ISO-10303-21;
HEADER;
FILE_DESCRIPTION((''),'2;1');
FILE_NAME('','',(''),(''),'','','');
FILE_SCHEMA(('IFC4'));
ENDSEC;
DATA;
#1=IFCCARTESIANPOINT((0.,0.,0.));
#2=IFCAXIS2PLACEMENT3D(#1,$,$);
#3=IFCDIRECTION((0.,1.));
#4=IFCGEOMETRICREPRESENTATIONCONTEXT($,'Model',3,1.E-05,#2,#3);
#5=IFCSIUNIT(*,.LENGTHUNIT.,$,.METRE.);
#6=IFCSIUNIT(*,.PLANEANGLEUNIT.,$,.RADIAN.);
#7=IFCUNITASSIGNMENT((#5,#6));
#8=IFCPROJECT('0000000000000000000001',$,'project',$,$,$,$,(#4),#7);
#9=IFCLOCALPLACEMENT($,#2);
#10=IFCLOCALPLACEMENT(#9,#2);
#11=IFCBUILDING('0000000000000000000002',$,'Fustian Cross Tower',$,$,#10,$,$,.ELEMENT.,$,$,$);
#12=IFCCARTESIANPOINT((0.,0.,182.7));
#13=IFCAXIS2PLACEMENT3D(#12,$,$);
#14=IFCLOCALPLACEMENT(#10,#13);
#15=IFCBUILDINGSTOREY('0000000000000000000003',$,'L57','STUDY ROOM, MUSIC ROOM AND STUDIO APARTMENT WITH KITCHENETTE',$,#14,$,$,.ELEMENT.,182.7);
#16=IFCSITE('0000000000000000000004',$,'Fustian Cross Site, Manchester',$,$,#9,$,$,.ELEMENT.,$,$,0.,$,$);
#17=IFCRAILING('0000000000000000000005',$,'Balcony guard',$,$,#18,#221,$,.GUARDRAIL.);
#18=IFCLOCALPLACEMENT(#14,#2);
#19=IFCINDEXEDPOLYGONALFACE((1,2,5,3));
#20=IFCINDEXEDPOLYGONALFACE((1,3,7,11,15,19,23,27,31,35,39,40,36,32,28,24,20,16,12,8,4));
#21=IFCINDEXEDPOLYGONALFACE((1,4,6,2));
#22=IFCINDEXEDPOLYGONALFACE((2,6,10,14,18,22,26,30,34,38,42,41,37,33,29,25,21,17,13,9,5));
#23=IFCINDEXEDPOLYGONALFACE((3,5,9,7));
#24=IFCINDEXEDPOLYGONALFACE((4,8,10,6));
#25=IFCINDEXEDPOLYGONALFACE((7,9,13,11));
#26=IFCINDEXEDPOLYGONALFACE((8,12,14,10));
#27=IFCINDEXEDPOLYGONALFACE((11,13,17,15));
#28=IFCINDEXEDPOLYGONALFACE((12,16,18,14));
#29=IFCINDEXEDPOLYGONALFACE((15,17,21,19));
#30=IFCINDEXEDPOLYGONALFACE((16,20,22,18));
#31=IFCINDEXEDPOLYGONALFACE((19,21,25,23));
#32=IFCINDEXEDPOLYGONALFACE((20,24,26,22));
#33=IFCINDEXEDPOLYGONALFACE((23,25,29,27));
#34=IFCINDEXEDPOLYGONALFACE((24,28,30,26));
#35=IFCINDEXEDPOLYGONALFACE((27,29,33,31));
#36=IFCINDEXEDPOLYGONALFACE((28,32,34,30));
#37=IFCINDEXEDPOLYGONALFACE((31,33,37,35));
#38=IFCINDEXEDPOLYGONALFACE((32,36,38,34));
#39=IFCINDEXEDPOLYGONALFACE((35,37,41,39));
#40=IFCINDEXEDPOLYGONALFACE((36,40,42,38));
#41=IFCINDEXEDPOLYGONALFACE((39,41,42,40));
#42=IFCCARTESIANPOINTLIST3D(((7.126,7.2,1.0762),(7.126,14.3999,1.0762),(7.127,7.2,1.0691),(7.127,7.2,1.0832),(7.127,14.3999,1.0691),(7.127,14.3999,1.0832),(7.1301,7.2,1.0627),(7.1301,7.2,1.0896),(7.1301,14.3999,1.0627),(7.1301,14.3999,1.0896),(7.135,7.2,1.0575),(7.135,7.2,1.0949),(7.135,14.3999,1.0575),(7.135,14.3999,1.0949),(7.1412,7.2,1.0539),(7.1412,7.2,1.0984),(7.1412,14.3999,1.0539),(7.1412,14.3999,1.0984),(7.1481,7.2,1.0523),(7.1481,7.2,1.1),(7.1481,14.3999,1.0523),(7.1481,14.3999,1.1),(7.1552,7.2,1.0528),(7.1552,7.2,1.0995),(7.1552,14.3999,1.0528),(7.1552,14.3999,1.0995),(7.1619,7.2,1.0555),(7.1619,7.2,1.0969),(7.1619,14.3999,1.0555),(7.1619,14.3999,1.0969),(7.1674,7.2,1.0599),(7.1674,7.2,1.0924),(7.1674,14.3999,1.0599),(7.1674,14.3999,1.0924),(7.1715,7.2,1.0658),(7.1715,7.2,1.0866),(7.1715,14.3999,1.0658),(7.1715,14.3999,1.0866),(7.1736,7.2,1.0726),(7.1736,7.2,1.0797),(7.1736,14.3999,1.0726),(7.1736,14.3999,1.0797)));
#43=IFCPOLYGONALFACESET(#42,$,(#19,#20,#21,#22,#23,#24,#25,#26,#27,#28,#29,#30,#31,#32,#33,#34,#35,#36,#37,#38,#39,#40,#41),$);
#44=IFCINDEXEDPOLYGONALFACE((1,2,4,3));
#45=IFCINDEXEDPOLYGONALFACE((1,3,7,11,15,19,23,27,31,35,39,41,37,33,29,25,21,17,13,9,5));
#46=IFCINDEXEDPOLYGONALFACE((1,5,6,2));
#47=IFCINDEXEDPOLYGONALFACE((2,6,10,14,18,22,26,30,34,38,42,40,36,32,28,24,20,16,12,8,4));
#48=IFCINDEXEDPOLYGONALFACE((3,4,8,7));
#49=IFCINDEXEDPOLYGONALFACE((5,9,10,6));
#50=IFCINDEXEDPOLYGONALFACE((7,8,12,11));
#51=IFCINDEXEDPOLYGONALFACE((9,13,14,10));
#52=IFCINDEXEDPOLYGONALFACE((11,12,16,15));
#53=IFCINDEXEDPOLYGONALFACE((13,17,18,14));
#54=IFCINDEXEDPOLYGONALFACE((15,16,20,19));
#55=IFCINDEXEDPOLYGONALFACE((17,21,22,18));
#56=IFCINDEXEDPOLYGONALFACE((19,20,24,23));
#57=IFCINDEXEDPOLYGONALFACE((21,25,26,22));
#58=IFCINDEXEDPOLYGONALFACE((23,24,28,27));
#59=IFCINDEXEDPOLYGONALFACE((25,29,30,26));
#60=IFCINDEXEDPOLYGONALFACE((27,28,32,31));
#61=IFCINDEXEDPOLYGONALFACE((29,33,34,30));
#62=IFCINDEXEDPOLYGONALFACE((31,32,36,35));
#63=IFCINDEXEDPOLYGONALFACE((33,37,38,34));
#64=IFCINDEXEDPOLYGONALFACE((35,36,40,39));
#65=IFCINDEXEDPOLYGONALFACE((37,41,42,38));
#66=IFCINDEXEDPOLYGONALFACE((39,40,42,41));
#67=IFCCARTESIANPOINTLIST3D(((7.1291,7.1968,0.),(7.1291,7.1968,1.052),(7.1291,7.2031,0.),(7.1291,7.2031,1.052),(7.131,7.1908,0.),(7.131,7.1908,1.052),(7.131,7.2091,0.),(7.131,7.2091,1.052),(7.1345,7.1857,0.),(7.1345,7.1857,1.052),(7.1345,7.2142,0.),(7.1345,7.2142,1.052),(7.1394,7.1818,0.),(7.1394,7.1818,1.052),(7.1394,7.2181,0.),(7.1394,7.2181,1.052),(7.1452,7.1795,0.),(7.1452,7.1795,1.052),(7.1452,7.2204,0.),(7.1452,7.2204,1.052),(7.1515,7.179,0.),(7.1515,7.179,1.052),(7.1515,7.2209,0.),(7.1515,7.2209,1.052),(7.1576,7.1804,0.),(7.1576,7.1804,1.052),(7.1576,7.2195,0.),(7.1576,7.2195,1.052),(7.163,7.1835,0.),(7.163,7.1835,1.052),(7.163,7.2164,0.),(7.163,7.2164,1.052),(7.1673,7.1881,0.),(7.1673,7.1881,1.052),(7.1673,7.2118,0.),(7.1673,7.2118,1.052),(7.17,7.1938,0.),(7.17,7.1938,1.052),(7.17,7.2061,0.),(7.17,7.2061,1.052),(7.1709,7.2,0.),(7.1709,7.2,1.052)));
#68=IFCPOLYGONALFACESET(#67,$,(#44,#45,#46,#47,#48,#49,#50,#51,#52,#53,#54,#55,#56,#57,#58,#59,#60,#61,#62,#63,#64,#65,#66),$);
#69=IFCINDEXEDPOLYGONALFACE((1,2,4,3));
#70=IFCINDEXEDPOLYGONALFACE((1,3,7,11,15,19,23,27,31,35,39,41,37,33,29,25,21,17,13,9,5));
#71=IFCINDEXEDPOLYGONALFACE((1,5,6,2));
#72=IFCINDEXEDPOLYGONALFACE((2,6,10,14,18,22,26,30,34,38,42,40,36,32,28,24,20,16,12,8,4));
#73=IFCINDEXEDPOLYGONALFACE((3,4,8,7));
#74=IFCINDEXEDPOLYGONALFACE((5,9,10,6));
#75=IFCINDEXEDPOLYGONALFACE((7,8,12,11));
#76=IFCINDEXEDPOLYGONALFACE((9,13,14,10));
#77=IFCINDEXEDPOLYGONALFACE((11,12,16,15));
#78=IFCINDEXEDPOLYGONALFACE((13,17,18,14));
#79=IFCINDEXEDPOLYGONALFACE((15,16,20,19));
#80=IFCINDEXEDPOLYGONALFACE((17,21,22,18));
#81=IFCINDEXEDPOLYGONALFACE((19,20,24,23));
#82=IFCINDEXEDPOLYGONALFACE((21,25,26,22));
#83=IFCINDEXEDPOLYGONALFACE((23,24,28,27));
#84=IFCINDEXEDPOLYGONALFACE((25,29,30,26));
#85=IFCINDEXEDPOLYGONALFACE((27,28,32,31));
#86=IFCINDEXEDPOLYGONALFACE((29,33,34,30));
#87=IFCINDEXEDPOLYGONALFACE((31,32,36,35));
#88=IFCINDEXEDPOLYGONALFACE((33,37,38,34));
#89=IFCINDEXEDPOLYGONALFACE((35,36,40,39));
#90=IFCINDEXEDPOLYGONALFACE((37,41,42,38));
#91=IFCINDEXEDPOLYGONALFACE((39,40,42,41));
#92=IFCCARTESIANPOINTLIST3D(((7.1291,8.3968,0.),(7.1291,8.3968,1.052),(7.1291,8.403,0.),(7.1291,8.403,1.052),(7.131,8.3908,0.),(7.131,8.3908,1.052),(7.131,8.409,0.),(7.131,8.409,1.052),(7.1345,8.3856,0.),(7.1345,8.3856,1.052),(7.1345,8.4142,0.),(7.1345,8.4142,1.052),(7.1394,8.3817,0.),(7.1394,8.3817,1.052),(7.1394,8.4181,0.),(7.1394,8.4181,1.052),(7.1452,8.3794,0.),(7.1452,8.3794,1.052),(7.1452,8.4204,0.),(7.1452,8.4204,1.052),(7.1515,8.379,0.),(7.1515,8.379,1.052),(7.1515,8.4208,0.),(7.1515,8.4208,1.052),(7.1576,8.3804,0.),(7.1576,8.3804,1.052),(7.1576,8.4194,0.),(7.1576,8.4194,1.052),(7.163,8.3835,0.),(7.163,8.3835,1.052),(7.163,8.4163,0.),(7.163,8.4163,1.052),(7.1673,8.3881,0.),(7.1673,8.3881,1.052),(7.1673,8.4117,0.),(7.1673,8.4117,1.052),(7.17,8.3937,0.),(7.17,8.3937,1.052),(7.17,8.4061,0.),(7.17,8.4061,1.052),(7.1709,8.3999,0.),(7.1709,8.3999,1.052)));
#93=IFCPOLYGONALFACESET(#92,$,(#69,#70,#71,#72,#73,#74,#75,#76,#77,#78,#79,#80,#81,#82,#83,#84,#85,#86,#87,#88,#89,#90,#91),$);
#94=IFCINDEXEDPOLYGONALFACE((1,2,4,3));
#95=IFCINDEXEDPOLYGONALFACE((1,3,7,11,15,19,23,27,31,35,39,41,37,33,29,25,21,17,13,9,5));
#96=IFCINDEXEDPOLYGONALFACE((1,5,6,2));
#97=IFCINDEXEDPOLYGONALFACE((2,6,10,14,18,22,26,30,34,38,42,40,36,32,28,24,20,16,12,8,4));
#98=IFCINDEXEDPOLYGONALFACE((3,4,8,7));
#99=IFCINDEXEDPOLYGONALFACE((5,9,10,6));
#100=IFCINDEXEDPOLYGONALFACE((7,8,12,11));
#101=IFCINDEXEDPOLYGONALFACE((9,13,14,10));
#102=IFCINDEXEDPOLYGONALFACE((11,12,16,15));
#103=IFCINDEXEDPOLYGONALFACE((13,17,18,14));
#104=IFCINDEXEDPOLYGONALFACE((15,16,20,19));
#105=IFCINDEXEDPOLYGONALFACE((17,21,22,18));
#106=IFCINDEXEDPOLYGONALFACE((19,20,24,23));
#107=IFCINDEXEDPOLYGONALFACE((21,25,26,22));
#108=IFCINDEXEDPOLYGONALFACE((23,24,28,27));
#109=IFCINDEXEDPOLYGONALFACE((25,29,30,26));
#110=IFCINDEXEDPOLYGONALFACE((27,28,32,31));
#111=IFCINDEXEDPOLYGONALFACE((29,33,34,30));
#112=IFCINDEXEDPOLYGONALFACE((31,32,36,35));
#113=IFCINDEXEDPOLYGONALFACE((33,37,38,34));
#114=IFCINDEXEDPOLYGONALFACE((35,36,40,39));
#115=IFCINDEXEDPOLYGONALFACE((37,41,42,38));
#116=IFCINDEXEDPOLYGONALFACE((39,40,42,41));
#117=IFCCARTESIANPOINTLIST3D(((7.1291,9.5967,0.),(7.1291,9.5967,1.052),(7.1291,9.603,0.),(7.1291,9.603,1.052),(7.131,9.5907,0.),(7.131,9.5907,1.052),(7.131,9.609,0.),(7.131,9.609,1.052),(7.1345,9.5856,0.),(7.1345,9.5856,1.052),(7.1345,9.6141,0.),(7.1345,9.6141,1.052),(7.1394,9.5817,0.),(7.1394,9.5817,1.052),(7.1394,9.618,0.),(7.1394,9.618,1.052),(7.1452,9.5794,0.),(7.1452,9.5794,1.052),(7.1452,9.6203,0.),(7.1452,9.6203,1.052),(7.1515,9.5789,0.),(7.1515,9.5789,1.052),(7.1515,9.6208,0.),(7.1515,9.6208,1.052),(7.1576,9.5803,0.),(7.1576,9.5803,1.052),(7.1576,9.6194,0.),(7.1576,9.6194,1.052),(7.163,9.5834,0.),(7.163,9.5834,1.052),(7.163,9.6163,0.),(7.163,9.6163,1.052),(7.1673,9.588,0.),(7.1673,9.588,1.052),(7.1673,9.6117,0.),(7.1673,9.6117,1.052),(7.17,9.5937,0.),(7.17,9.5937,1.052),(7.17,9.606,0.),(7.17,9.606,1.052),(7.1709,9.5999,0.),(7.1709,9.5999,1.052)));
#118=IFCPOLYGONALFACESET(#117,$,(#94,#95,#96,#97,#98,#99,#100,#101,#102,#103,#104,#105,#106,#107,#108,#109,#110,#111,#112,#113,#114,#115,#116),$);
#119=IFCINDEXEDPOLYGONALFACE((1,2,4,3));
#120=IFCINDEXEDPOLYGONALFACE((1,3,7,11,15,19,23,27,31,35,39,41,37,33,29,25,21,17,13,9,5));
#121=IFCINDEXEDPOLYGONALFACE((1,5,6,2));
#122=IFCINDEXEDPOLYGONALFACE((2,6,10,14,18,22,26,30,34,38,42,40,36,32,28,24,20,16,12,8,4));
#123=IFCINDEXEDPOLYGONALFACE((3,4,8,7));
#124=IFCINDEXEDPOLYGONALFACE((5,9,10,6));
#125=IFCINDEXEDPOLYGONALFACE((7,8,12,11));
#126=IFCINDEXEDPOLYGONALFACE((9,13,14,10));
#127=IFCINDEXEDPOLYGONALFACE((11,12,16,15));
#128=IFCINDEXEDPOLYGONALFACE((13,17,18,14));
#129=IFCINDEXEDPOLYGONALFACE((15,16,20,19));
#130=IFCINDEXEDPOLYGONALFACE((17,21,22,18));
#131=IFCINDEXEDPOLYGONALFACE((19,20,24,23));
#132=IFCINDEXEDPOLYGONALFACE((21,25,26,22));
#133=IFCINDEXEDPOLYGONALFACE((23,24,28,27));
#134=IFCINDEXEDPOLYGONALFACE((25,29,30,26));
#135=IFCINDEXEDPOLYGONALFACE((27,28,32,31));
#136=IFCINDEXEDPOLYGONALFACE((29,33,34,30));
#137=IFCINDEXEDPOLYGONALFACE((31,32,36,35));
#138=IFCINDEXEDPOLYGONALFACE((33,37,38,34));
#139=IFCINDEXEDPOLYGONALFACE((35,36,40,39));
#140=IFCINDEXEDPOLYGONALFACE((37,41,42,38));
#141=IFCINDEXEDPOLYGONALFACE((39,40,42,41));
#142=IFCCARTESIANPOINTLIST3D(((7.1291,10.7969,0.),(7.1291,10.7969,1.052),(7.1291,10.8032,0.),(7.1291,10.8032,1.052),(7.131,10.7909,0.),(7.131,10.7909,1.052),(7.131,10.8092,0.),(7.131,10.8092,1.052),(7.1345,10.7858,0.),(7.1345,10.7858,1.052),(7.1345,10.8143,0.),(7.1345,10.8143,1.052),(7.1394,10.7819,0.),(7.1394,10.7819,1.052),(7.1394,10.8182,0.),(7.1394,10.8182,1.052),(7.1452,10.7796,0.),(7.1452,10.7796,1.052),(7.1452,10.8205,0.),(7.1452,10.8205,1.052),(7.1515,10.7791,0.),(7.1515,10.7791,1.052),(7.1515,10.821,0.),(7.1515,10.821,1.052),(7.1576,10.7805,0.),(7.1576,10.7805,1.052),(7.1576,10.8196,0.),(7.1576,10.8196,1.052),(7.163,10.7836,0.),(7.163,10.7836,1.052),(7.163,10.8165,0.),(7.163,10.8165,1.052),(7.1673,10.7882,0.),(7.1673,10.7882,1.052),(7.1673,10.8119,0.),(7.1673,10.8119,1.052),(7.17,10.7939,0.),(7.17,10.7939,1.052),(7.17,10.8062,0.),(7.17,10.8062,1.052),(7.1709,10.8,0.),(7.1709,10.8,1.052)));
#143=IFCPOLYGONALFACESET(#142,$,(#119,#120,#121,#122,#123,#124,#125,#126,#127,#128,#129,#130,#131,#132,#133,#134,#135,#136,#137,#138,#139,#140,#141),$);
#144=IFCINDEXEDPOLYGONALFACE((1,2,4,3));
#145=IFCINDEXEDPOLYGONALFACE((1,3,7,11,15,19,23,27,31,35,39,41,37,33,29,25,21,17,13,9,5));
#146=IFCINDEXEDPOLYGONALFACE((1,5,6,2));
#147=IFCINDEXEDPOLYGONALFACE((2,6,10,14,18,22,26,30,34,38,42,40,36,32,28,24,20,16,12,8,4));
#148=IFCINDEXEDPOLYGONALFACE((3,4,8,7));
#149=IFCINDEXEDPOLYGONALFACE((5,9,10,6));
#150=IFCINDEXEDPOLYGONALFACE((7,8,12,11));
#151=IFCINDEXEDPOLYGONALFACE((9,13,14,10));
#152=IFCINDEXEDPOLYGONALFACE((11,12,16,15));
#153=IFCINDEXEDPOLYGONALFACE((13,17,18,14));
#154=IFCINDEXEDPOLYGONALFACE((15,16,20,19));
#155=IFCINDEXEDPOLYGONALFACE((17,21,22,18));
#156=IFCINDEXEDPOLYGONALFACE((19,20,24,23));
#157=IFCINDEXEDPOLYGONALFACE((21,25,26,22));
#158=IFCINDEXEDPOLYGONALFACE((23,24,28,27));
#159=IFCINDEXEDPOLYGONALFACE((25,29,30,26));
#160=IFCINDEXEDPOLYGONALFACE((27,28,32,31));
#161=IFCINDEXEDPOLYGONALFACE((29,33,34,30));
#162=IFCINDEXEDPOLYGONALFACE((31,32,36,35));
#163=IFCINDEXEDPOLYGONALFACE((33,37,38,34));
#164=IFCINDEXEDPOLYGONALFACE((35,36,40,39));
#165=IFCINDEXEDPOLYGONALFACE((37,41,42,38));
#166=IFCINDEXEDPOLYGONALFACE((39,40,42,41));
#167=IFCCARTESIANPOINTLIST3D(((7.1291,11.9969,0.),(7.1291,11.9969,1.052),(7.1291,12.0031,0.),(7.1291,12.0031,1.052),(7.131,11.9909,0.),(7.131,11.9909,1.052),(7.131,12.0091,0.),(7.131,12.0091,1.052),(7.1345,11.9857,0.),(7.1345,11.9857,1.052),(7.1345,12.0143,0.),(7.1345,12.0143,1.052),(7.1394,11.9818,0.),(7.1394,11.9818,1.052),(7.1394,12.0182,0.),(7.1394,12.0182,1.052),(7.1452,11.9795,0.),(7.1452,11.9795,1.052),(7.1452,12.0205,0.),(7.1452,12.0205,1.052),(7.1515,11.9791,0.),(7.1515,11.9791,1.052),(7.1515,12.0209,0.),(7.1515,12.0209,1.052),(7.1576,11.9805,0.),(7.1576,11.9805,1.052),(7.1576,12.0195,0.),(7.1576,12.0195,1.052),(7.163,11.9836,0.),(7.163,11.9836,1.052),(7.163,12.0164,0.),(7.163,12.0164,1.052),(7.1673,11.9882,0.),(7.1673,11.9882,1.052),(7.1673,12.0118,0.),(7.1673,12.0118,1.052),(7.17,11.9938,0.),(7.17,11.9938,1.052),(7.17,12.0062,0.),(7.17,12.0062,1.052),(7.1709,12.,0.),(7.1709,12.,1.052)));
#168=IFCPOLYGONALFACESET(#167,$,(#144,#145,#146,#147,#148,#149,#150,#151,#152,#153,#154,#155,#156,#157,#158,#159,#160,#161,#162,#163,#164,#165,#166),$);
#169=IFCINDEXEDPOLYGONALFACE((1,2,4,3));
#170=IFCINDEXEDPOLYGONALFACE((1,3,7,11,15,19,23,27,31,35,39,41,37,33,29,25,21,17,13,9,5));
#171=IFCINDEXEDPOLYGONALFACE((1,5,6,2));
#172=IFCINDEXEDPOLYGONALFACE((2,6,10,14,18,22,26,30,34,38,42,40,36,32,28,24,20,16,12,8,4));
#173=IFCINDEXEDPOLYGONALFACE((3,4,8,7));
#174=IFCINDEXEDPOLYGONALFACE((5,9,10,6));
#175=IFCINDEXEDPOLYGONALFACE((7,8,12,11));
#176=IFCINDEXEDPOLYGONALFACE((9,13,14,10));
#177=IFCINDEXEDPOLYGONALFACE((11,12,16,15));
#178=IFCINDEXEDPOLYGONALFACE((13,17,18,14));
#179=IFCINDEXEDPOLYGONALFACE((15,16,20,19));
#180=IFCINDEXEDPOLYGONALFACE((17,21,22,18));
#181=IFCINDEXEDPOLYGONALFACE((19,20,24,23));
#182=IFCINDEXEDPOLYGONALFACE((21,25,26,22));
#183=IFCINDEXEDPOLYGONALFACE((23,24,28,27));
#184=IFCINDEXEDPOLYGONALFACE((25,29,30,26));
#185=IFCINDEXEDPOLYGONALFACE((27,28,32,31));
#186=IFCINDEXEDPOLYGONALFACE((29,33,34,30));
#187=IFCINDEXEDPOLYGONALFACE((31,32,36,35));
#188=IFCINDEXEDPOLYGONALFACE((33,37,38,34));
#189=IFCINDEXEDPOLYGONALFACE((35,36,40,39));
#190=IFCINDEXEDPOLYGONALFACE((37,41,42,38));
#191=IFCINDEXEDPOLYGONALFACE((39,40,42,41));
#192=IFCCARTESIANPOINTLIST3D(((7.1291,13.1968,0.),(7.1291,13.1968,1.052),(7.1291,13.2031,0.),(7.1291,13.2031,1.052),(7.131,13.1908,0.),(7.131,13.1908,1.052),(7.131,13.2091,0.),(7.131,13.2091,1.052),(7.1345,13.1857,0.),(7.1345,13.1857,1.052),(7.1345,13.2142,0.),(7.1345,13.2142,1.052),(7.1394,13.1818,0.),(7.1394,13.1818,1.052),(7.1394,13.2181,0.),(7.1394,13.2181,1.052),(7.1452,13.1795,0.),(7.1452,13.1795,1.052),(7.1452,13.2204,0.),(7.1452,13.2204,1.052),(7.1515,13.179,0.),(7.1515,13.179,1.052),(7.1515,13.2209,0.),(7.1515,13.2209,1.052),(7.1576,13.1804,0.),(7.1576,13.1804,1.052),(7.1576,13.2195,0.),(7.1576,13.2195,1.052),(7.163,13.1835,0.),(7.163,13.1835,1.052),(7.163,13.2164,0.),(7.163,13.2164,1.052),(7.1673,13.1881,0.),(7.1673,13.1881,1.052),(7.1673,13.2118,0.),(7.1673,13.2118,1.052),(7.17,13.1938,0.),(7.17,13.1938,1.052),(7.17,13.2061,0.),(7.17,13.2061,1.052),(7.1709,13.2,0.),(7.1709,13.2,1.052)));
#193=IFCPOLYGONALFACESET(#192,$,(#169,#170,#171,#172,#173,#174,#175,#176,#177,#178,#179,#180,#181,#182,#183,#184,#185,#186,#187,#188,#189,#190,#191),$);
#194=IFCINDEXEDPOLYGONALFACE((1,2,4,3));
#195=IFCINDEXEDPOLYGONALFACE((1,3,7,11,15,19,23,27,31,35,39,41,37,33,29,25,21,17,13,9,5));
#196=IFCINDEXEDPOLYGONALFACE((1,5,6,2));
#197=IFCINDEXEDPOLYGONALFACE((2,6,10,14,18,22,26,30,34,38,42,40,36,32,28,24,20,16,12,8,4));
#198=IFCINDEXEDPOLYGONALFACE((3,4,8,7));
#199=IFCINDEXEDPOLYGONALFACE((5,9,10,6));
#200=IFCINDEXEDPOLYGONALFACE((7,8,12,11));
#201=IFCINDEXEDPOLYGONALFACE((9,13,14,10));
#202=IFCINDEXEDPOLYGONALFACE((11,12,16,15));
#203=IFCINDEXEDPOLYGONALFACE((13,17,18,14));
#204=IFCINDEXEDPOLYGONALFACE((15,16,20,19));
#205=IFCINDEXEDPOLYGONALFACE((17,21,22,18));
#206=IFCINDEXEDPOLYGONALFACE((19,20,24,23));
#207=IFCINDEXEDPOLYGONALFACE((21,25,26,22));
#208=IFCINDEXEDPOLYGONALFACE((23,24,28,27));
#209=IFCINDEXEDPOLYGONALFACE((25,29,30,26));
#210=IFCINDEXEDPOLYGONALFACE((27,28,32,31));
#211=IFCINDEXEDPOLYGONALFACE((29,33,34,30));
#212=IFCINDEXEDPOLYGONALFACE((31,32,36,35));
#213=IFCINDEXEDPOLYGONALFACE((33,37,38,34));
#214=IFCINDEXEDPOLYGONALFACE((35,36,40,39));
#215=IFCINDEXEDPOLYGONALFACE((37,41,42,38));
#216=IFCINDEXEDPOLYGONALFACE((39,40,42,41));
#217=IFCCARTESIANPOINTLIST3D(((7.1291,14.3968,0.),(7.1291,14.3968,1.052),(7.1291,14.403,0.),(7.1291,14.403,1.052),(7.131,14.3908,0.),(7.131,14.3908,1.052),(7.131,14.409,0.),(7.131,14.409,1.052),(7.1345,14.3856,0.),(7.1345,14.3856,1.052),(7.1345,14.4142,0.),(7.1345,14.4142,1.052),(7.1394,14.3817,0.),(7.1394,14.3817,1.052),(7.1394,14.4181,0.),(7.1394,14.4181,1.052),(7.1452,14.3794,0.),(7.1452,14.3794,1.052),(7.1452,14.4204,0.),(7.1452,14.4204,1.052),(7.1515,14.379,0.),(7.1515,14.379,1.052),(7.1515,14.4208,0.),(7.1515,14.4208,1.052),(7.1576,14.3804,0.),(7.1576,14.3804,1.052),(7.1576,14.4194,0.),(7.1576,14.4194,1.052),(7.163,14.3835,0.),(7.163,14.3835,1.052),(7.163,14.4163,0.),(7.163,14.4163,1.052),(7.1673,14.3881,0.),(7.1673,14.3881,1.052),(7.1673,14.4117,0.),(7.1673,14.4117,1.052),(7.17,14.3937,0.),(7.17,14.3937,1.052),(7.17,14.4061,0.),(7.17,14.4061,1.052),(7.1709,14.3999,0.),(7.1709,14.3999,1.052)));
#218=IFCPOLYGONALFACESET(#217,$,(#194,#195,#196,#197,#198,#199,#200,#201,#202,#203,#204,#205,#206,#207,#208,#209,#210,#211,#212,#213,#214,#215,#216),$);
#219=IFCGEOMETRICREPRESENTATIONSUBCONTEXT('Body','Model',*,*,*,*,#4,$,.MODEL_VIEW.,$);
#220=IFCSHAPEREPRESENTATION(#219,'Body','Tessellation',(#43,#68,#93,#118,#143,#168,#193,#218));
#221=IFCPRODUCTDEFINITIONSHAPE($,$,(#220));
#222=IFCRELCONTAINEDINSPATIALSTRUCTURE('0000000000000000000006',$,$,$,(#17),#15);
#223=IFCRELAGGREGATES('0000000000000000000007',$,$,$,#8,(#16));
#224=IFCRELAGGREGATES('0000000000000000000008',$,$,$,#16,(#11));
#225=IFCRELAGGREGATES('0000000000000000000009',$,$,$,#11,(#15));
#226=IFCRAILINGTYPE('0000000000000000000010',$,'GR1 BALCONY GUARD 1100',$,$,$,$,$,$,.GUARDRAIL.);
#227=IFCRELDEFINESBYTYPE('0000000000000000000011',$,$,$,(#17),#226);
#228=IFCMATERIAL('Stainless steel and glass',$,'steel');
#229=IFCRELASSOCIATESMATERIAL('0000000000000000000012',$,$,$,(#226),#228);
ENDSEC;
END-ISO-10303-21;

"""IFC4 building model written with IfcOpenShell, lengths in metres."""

from ifc_helpers import new_model, si_unit, direction, frame, origin, origin_2d, place, context, subcontext, project, spatial, circle, extrude, material, type_object, element, save


model = new_model("IFC4")

# Units and contexts
model_context = context("Model", 3, precision=1e-05, world=origin(), true_north=direction((0.0, 1.0)))
body_context = subcontext(model_context, "Body", "Model", "MODEL_VIEW")
ifc_project = project(units=[si_unit("LENGTHUNIT", "METRE"), si_unit("PLANEANGLEUNIT", "RADIAN")], contexts=[model_context])

# Site, building, storey
site_placement = place(None, origin())
site = spatial("IfcSite", under=ifc_project, at=site_placement, Name="Fustian Cross Site, Manchester", CompositionType="ELEMENT", RefElevation=0.0)
building_placement = place(site_placement, origin())
building = spatial("IfcBuilding", under=site, at=building_placement, Name="Fustian Cross Tower", CompositionType="ELEMENT")
storey_placement = place(building_placement, frame((0.0, 0.0, 182.7)))
storey = spatial("IfcBuildingStorey", under=building, at=storey_placement, Name="L57", Description="STUDY ROOM, MUSIC ROOM AND STUDIO APARTMENT WITH KITCHENETTE", CompositionType="ELEMENT", Elevation=182.7)

# Railing
ifc_material_1 = material(Name="Stainless steel and glass", Category="steel")
railing_type_1 = type_object("IfcRailingType", Name="GR1 BALCONY GUARD 1100", PredefinedType="GUARDRAIL", material=ifc_material_1)
railing_1_placement = place(storey_placement, frame((7.1499, 7.2, 0.0)))
element("IfcRailing", 1, at=railing_1_placement, inside=storey, type_object=railing_type_1, Name="Balcony guard", PredefinedType="GUARDRAIL", context=body_context, shape_type="SweptSolid", body=[
    extrude(circle(Radius=0.0239, at=origin_2d()), frame((0.0, 0.0, 1.0762), z_axis=(0.0, 1.0, 0.0), x_axis=(-1.0, 0.0, 0.0)), (0.0, 0.0, 1.0), 7.2),
    extrude(circle(Radius=0.021, at=origin_2d()), origin(), (0.0, 0.0, 1.0), 1.052),
    extrude(circle(Radius=0.021, at=origin_2d()), frame((0.0, 1.2, 0.0)), (0.0, 0.0, 1.0), 1.052),
    extrude(circle(Radius=0.021, at=origin_2d()), frame((0.0, 2.3999, 0.0)), (0.0, 0.0, 1.0), 1.052),
    extrude(circle(Radius=0.021, at=origin_2d()), frame((0.0, 3.6001, 0.0)), (0.0, 0.0, 1.0), 1.052),
    extrude(circle(Radius=0.021, at=origin_2d()), frame((0.0, 4.8, 0.0)), (0.0, 0.0, 1.0), 1.052),
    extrude(circle(Radius=0.021, at=origin_2d()), frame((0.0, 6.0, 0.0)), (0.0, 0.0, 1.0), 1.052),
    extrude(circle(Radius=0.021, at=origin_2d()), frame((0.0, 7.2, 0.0)), (0.0, 0.0, 1.0), 1.052),
])

save(model, "model.ifc")
